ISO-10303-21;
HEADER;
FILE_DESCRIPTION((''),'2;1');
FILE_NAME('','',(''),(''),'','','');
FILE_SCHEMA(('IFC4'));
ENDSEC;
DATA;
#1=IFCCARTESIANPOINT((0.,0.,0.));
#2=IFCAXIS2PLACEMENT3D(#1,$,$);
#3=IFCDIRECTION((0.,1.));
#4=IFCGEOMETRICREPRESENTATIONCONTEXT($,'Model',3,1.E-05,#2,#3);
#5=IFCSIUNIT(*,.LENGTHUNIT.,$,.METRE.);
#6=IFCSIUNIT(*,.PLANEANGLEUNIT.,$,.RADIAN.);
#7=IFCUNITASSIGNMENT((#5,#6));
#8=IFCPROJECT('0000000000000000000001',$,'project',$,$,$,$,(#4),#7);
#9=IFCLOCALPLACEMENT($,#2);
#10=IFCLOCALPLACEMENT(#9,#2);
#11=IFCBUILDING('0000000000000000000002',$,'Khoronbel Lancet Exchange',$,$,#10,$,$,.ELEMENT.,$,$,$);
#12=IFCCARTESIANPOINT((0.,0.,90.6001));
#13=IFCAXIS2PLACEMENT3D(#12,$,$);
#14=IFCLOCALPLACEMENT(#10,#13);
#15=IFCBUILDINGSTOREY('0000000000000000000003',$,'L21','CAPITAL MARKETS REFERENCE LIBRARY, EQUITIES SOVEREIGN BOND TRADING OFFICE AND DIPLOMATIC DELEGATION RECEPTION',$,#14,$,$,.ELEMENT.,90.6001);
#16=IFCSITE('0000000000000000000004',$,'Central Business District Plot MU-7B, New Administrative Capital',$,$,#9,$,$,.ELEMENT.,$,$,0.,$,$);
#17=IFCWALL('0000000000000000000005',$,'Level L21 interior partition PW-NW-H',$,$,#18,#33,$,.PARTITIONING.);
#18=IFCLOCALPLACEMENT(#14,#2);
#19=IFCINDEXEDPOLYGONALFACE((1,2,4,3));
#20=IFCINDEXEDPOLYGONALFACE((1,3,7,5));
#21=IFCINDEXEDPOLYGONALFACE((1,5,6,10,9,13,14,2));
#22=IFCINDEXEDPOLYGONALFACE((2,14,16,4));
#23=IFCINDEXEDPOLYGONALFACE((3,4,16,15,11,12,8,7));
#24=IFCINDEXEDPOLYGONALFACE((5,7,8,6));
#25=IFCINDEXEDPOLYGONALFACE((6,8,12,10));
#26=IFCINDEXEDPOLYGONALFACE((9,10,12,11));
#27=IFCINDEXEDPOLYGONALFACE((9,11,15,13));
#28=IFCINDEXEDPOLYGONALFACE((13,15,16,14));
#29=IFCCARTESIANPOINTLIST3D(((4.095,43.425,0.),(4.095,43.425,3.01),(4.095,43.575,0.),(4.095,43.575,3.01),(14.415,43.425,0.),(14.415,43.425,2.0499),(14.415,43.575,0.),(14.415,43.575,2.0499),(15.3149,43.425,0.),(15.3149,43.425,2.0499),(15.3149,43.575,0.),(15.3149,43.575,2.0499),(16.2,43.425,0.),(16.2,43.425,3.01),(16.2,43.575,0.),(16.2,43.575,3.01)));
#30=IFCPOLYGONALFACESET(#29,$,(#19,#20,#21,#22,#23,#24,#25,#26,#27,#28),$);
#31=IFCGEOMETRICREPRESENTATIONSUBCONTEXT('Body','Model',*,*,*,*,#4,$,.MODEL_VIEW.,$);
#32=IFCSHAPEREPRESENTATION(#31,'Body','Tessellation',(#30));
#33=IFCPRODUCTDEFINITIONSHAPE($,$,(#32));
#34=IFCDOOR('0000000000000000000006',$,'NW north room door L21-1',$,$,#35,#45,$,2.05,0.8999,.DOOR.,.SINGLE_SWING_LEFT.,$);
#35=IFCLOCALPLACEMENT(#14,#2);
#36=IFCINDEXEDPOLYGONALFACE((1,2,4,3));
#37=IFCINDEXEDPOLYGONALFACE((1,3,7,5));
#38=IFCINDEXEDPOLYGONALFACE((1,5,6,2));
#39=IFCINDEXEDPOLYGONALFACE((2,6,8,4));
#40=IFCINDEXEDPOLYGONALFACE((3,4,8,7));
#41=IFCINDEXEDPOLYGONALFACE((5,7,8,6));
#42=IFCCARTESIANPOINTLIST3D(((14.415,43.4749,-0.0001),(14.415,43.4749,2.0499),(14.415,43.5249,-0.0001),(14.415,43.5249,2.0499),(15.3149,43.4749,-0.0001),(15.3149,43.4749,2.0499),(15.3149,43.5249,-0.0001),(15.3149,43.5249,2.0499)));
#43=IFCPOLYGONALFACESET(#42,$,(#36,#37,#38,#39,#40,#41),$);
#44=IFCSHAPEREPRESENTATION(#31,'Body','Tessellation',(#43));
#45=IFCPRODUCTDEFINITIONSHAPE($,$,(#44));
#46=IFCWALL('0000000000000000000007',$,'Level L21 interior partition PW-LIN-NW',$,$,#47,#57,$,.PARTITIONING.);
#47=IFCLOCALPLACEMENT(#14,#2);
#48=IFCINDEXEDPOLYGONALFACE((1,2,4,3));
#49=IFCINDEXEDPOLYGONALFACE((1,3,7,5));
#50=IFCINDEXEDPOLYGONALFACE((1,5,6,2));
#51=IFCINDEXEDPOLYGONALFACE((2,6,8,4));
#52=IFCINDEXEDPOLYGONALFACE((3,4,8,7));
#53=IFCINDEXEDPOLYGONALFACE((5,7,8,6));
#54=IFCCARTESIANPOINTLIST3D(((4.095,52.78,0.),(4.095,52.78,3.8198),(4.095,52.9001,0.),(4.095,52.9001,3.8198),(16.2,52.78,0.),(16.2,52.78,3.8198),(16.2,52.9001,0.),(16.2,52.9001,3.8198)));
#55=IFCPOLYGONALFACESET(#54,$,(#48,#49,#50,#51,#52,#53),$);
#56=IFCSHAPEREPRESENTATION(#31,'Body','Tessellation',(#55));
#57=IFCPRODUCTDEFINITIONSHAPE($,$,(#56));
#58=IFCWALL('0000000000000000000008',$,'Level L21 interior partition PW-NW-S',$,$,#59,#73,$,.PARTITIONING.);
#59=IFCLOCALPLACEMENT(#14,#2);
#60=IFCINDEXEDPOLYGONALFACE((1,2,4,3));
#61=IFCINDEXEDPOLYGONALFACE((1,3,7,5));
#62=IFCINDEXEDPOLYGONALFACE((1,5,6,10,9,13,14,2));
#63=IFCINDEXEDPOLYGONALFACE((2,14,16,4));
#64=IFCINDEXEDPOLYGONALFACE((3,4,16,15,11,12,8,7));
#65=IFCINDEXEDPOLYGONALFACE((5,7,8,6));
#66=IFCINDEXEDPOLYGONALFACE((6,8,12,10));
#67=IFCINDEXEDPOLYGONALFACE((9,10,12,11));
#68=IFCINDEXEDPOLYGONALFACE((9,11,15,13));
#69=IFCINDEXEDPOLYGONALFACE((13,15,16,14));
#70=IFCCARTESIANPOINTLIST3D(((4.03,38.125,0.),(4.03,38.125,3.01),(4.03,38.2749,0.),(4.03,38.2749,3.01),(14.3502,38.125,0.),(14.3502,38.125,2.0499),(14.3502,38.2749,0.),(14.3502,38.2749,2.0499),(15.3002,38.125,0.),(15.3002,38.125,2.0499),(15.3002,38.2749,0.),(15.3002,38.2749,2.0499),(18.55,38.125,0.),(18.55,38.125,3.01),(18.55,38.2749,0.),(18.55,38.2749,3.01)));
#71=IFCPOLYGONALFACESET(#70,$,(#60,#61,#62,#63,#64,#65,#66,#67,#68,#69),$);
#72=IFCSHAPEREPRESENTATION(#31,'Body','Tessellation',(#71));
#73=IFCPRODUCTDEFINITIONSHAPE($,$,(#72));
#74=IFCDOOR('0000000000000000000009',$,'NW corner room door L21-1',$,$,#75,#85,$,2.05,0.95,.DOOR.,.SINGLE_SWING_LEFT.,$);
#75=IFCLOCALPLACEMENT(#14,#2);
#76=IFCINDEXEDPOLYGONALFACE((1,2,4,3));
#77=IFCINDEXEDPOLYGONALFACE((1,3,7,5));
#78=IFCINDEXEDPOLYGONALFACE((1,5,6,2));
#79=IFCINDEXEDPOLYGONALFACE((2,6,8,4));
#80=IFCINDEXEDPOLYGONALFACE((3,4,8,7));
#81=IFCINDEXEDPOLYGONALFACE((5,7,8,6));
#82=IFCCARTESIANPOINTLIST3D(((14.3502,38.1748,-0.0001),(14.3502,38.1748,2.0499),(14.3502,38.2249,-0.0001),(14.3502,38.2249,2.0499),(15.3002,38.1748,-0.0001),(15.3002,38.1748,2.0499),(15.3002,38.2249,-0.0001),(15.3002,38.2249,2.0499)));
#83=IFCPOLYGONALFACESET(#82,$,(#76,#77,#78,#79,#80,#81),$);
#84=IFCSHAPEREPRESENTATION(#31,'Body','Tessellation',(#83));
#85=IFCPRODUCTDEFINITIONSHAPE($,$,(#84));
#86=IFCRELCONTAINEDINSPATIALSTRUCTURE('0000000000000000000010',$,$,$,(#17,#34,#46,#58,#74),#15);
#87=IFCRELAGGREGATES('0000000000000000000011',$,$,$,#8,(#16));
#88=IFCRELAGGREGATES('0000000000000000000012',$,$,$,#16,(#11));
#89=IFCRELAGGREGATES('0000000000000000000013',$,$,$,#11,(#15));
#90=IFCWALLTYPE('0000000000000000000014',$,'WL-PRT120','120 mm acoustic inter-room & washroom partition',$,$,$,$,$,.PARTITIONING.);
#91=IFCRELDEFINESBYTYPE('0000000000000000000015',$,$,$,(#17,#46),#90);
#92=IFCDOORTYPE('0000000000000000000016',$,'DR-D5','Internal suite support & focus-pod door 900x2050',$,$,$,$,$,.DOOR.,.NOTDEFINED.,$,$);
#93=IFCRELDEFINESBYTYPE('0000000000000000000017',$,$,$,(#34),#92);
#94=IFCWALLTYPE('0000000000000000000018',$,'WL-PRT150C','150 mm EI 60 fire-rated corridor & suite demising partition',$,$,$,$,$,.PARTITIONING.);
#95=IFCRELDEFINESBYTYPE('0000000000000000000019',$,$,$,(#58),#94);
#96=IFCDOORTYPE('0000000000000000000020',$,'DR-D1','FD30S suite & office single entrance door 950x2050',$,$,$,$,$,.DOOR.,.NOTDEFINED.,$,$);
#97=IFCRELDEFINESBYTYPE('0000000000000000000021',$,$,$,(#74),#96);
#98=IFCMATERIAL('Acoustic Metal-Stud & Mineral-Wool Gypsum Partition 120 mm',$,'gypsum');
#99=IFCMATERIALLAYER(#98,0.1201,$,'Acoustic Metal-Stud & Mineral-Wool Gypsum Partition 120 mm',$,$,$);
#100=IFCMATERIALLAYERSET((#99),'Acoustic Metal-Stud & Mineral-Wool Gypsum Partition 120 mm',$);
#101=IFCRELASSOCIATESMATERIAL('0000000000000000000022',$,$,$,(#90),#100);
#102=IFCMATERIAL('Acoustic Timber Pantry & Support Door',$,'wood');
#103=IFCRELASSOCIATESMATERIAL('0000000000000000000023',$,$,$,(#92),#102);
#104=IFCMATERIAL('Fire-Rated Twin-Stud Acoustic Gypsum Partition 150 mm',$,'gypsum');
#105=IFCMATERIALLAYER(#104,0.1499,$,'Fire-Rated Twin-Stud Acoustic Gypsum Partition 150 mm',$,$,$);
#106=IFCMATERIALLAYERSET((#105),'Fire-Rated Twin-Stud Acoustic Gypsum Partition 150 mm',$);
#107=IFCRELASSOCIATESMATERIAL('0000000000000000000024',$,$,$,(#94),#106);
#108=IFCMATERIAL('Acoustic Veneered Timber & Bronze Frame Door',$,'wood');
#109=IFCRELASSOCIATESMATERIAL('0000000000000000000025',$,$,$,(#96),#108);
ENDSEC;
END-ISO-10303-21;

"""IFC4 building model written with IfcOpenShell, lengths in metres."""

from ifc_helpers import new_model, si_unit, direction, frame, frame_2d, origin, place, context, subcontext, project, spatial, rectangle, extrude, material, layer, layer_set, type_object, element, fill, save


model = new_model("IFC4")

# Units and contexts
model_context = context("Model", 3, precision=1e-05, world=origin(), true_north=direction((0.0, 1.0)))
body_context = subcontext(model_context, "Body", "Model", "MODEL_VIEW")
ifc_project = project(units=[si_unit("LENGTHUNIT", "METRE"), si_unit("PLANEANGLEUNIT", "RADIAN")], contexts=[model_context])

# Site, building, storey
site_placement = place(None, origin())
site = spatial("IfcSite", under=ifc_project, at=site_placement, Name="Central Business District Plot MU-7B, New Administrative Capital", CompositionType="ELEMENT", RefElevation=0.0)
building_placement = place(site_placement, origin())
building = spatial("IfcBuilding", under=site, at=building_placement, Name="Khoronbel Lancet Exchange", CompositionType="ELEMENT")
storey_placement = place(building_placement, frame((0.0, 0.0, 90.6001)))
storey = spatial("IfcBuildingStorey", under=building, at=storey_placement, Name="L21", Description="CAPITAL MARKETS REFERENCE LIBRARY, EQUITIES SOVEREIGN BOND TRADING OFFICE AND DIPLOMATIC DELEGATION RECEPTION", CompositionType="ELEMENT", Elevation=90.6001)

# Wall, opening, door
ifc_material_1 = material(Name="Acoustic Metal-Stud & Mineral-Wool Gypsum Partition 120 mm", Category="gypsum")
ifc_layer_1 = layer(ifc_material_1, 0.1201, Name="Acoustic Metal-Stud & Mineral-Wool Gypsum Partition 120 mm")
ifc_layer_set_1 = layer_set([ifc_layer_1], Name="Acoustic Metal-Stud & Mineral-Wool Gypsum Partition 120 mm")
wall_type_1 = type_object("IfcWallType", Name="WL-PRT120", Description="120 mm acoustic inter-room & washroom partition", PredefinedType="PARTITIONING", material=ifc_layer_set_1)
wall_1_placement = place(storey_placement, frame((4.095, 43.5, 0.0), z_axis=(0.0, 0.0, 1.0), x_axis=(1.0, 0.0, 0.0)))
wall_1 = element("IfcWall", 1, at=wall_1_placement, inside=storey, type_object=wall_type_1, Name="Level L21 interior partition PW-NW-H", PredefinedType="PARTITIONING", context=body_context, shape_type="SweptSolid", body=[
    extrude(rectangle(XDim=12.105, YDim=0.1499, at=frame_2d((6.0525, 0.0))), origin(), (0.0, 0.0, 1.0), 3.01),
])
opening_1_placement = place(wall_1_placement, frame((10.3201, 0.0, 0.0)))
opening_1 = element("IfcOpeningElement", 2, at=opening_1_placement, cuts=wall_1, PredefinedType="OPENING", context=body_context, shape_type="SweptSolid", body=[
    extrude(rectangle(XDim=0.8999, YDim=2.05, at=frame_2d((0.45, 1.0249))), frame((0.0, 0.085, 0.0), z_axis=(0.0, -1.0, 0.0), x_axis=(1.0, 0.0, 0.0)), (0.0, 0.0, 1.0), 0.1699),
])
ifc_material_2 = material(Name="Acoustic Timber Pantry & Support Door", Category="wood")
door_type_1 = type_object("IfcDoorType", Name="DR-D5", Description="Internal suite support & focus-pod door 900x2050", OperationType="NOTDEFINED", PredefinedType="DOOR", material=ifc_material_2)
door_1_placement = place(opening_1_placement, origin())
door_1 = element("IfcDoor", 3, at=door_1_placement, inside=storey, type_object=door_type_1, Name="NW north room door L21-1", OperationType="SINGLE_SWING_LEFT", OverallHeight=2.05, OverallWidth=0.8999, PredefinedType="DOOR", context=body_context, shape_type="SweptSolid", body=[
    extrude(rectangle(XDim=0.8999, YDim=2.05, at=frame_2d((0.45, 1.0249))), frame((0.0, 0.0249, 0.0), z_axis=(0.0, -1.0, 0.0), x_axis=(1.0, 0.0, 0.0)), (0.0, 0.0, 1.0), 0.05),
])
fill(opening_1, door_1)

# Wall
wall_2_placement = place(storey_placement, frame((4.095, 52.8401, 0.0), z_axis=(0.0, 0.0, 1.0), x_axis=(1.0, 0.0, 0.0)))
element("IfcWall", 4, at=wall_2_placement, inside=storey, type_object=wall_type_1, Name="Level L21 interior partition PW-LIN-NW", PredefinedType="PARTITIONING", context=body_context, shape_type="SweptSolid", body=[
    extrude(rectangle(XDim=12.105, YDim=0.1201, at=frame_2d((6.0525, 0.0))), origin(), (0.0, 0.0, 1.0), 3.8198),
])

# Wall, opening, door
ifc_material_3 = material(Name="Fire-Rated Twin-Stud Acoustic Gypsum Partition 150 mm", Category="gypsum")
ifc_layer_2 = layer(ifc_material_3, 0.1499, Name="Fire-Rated Twin-Stud Acoustic Gypsum Partition 150 mm")
ifc_layer_set_2 = layer_set([ifc_layer_2], Name="Fire-Rated Twin-Stud Acoustic Gypsum Partition 150 mm")
wall_type_2 = type_object("IfcWallType", Name="WL-PRT150C", Description="150 mm EI 60 fire-rated corridor & suite demising partition", PredefinedType="PARTITIONING", material=ifc_layer_set_2)
wall_3_placement = place(storey_placement, frame((4.03, 38.2, 0.0), z_axis=(0.0, 0.0, 1.0), x_axis=(1.0, 0.0, 0.0)))
wall_3 = element("IfcWall", 5, at=wall_3_placement, inside=storey, type_object=wall_type_2, Name="Level L21 interior partition PW-NW-S", PredefinedType="PARTITIONING", context=body_context, shape_type="SweptSolid", body=[
    extrude(rectangle(XDim=14.52, YDim=0.1499, at=frame_2d((7.26, 0.0))), origin(), (0.0, 0.0, 1.0), 3.01),
])
opening_2_placement = place(wall_3_placement, frame((10.3201, 0.0, 0.0)))
opening_2 = element("IfcOpeningElement", 6, at=opening_2_placement, cuts=wall_3, PredefinedType="OPENING", context=body_context, shape_type="SweptSolid", body=[
    extrude(rectangle(XDim=0.95, YDim=2.05, at=frame_2d((0.4751, 1.0249))), frame((0.0, 0.085, 0.0), z_axis=(0.0, -1.0, 0.0), x_axis=(1.0, 0.0, 0.0)), (0.0, 0.0, 1.0), 0.1699),
])
ifc_material_4 = material(Name="Acoustic Veneered Timber & Bronze Frame Door", Category="wood")
door_type_2 = type_object("IfcDoorType", Name="DR-D1", Description="FD30S suite & office single entrance door 950x2050", OperationType="NOTDEFINED", PredefinedType="DOOR", material=ifc_material_4)
door_2_placement = place(opening_2_placement, origin())
door_2 = element("IfcDoor", 7, at=door_2_placement, inside=storey, type_object=door_type_2, Name="NW corner room door L21-1", OperationType="SINGLE_SWING_LEFT", OverallHeight=2.05, OverallWidth=0.95, PredefinedType="DOOR", context=body_context, shape_type="SweptSolid", body=[
    extrude(rectangle(XDim=0.95, YDim=2.05, at=frame_2d((0.4751, 1.0249))), frame((0.0, 0.0249, 0.0), z_axis=(0.0, -1.0, 0.0), x_axis=(1.0, 0.0, 0.0)), (0.0, 0.0, 1.0), 0.05),
])
fill(opening_2, door_2)

save(model, "model.ifc")
